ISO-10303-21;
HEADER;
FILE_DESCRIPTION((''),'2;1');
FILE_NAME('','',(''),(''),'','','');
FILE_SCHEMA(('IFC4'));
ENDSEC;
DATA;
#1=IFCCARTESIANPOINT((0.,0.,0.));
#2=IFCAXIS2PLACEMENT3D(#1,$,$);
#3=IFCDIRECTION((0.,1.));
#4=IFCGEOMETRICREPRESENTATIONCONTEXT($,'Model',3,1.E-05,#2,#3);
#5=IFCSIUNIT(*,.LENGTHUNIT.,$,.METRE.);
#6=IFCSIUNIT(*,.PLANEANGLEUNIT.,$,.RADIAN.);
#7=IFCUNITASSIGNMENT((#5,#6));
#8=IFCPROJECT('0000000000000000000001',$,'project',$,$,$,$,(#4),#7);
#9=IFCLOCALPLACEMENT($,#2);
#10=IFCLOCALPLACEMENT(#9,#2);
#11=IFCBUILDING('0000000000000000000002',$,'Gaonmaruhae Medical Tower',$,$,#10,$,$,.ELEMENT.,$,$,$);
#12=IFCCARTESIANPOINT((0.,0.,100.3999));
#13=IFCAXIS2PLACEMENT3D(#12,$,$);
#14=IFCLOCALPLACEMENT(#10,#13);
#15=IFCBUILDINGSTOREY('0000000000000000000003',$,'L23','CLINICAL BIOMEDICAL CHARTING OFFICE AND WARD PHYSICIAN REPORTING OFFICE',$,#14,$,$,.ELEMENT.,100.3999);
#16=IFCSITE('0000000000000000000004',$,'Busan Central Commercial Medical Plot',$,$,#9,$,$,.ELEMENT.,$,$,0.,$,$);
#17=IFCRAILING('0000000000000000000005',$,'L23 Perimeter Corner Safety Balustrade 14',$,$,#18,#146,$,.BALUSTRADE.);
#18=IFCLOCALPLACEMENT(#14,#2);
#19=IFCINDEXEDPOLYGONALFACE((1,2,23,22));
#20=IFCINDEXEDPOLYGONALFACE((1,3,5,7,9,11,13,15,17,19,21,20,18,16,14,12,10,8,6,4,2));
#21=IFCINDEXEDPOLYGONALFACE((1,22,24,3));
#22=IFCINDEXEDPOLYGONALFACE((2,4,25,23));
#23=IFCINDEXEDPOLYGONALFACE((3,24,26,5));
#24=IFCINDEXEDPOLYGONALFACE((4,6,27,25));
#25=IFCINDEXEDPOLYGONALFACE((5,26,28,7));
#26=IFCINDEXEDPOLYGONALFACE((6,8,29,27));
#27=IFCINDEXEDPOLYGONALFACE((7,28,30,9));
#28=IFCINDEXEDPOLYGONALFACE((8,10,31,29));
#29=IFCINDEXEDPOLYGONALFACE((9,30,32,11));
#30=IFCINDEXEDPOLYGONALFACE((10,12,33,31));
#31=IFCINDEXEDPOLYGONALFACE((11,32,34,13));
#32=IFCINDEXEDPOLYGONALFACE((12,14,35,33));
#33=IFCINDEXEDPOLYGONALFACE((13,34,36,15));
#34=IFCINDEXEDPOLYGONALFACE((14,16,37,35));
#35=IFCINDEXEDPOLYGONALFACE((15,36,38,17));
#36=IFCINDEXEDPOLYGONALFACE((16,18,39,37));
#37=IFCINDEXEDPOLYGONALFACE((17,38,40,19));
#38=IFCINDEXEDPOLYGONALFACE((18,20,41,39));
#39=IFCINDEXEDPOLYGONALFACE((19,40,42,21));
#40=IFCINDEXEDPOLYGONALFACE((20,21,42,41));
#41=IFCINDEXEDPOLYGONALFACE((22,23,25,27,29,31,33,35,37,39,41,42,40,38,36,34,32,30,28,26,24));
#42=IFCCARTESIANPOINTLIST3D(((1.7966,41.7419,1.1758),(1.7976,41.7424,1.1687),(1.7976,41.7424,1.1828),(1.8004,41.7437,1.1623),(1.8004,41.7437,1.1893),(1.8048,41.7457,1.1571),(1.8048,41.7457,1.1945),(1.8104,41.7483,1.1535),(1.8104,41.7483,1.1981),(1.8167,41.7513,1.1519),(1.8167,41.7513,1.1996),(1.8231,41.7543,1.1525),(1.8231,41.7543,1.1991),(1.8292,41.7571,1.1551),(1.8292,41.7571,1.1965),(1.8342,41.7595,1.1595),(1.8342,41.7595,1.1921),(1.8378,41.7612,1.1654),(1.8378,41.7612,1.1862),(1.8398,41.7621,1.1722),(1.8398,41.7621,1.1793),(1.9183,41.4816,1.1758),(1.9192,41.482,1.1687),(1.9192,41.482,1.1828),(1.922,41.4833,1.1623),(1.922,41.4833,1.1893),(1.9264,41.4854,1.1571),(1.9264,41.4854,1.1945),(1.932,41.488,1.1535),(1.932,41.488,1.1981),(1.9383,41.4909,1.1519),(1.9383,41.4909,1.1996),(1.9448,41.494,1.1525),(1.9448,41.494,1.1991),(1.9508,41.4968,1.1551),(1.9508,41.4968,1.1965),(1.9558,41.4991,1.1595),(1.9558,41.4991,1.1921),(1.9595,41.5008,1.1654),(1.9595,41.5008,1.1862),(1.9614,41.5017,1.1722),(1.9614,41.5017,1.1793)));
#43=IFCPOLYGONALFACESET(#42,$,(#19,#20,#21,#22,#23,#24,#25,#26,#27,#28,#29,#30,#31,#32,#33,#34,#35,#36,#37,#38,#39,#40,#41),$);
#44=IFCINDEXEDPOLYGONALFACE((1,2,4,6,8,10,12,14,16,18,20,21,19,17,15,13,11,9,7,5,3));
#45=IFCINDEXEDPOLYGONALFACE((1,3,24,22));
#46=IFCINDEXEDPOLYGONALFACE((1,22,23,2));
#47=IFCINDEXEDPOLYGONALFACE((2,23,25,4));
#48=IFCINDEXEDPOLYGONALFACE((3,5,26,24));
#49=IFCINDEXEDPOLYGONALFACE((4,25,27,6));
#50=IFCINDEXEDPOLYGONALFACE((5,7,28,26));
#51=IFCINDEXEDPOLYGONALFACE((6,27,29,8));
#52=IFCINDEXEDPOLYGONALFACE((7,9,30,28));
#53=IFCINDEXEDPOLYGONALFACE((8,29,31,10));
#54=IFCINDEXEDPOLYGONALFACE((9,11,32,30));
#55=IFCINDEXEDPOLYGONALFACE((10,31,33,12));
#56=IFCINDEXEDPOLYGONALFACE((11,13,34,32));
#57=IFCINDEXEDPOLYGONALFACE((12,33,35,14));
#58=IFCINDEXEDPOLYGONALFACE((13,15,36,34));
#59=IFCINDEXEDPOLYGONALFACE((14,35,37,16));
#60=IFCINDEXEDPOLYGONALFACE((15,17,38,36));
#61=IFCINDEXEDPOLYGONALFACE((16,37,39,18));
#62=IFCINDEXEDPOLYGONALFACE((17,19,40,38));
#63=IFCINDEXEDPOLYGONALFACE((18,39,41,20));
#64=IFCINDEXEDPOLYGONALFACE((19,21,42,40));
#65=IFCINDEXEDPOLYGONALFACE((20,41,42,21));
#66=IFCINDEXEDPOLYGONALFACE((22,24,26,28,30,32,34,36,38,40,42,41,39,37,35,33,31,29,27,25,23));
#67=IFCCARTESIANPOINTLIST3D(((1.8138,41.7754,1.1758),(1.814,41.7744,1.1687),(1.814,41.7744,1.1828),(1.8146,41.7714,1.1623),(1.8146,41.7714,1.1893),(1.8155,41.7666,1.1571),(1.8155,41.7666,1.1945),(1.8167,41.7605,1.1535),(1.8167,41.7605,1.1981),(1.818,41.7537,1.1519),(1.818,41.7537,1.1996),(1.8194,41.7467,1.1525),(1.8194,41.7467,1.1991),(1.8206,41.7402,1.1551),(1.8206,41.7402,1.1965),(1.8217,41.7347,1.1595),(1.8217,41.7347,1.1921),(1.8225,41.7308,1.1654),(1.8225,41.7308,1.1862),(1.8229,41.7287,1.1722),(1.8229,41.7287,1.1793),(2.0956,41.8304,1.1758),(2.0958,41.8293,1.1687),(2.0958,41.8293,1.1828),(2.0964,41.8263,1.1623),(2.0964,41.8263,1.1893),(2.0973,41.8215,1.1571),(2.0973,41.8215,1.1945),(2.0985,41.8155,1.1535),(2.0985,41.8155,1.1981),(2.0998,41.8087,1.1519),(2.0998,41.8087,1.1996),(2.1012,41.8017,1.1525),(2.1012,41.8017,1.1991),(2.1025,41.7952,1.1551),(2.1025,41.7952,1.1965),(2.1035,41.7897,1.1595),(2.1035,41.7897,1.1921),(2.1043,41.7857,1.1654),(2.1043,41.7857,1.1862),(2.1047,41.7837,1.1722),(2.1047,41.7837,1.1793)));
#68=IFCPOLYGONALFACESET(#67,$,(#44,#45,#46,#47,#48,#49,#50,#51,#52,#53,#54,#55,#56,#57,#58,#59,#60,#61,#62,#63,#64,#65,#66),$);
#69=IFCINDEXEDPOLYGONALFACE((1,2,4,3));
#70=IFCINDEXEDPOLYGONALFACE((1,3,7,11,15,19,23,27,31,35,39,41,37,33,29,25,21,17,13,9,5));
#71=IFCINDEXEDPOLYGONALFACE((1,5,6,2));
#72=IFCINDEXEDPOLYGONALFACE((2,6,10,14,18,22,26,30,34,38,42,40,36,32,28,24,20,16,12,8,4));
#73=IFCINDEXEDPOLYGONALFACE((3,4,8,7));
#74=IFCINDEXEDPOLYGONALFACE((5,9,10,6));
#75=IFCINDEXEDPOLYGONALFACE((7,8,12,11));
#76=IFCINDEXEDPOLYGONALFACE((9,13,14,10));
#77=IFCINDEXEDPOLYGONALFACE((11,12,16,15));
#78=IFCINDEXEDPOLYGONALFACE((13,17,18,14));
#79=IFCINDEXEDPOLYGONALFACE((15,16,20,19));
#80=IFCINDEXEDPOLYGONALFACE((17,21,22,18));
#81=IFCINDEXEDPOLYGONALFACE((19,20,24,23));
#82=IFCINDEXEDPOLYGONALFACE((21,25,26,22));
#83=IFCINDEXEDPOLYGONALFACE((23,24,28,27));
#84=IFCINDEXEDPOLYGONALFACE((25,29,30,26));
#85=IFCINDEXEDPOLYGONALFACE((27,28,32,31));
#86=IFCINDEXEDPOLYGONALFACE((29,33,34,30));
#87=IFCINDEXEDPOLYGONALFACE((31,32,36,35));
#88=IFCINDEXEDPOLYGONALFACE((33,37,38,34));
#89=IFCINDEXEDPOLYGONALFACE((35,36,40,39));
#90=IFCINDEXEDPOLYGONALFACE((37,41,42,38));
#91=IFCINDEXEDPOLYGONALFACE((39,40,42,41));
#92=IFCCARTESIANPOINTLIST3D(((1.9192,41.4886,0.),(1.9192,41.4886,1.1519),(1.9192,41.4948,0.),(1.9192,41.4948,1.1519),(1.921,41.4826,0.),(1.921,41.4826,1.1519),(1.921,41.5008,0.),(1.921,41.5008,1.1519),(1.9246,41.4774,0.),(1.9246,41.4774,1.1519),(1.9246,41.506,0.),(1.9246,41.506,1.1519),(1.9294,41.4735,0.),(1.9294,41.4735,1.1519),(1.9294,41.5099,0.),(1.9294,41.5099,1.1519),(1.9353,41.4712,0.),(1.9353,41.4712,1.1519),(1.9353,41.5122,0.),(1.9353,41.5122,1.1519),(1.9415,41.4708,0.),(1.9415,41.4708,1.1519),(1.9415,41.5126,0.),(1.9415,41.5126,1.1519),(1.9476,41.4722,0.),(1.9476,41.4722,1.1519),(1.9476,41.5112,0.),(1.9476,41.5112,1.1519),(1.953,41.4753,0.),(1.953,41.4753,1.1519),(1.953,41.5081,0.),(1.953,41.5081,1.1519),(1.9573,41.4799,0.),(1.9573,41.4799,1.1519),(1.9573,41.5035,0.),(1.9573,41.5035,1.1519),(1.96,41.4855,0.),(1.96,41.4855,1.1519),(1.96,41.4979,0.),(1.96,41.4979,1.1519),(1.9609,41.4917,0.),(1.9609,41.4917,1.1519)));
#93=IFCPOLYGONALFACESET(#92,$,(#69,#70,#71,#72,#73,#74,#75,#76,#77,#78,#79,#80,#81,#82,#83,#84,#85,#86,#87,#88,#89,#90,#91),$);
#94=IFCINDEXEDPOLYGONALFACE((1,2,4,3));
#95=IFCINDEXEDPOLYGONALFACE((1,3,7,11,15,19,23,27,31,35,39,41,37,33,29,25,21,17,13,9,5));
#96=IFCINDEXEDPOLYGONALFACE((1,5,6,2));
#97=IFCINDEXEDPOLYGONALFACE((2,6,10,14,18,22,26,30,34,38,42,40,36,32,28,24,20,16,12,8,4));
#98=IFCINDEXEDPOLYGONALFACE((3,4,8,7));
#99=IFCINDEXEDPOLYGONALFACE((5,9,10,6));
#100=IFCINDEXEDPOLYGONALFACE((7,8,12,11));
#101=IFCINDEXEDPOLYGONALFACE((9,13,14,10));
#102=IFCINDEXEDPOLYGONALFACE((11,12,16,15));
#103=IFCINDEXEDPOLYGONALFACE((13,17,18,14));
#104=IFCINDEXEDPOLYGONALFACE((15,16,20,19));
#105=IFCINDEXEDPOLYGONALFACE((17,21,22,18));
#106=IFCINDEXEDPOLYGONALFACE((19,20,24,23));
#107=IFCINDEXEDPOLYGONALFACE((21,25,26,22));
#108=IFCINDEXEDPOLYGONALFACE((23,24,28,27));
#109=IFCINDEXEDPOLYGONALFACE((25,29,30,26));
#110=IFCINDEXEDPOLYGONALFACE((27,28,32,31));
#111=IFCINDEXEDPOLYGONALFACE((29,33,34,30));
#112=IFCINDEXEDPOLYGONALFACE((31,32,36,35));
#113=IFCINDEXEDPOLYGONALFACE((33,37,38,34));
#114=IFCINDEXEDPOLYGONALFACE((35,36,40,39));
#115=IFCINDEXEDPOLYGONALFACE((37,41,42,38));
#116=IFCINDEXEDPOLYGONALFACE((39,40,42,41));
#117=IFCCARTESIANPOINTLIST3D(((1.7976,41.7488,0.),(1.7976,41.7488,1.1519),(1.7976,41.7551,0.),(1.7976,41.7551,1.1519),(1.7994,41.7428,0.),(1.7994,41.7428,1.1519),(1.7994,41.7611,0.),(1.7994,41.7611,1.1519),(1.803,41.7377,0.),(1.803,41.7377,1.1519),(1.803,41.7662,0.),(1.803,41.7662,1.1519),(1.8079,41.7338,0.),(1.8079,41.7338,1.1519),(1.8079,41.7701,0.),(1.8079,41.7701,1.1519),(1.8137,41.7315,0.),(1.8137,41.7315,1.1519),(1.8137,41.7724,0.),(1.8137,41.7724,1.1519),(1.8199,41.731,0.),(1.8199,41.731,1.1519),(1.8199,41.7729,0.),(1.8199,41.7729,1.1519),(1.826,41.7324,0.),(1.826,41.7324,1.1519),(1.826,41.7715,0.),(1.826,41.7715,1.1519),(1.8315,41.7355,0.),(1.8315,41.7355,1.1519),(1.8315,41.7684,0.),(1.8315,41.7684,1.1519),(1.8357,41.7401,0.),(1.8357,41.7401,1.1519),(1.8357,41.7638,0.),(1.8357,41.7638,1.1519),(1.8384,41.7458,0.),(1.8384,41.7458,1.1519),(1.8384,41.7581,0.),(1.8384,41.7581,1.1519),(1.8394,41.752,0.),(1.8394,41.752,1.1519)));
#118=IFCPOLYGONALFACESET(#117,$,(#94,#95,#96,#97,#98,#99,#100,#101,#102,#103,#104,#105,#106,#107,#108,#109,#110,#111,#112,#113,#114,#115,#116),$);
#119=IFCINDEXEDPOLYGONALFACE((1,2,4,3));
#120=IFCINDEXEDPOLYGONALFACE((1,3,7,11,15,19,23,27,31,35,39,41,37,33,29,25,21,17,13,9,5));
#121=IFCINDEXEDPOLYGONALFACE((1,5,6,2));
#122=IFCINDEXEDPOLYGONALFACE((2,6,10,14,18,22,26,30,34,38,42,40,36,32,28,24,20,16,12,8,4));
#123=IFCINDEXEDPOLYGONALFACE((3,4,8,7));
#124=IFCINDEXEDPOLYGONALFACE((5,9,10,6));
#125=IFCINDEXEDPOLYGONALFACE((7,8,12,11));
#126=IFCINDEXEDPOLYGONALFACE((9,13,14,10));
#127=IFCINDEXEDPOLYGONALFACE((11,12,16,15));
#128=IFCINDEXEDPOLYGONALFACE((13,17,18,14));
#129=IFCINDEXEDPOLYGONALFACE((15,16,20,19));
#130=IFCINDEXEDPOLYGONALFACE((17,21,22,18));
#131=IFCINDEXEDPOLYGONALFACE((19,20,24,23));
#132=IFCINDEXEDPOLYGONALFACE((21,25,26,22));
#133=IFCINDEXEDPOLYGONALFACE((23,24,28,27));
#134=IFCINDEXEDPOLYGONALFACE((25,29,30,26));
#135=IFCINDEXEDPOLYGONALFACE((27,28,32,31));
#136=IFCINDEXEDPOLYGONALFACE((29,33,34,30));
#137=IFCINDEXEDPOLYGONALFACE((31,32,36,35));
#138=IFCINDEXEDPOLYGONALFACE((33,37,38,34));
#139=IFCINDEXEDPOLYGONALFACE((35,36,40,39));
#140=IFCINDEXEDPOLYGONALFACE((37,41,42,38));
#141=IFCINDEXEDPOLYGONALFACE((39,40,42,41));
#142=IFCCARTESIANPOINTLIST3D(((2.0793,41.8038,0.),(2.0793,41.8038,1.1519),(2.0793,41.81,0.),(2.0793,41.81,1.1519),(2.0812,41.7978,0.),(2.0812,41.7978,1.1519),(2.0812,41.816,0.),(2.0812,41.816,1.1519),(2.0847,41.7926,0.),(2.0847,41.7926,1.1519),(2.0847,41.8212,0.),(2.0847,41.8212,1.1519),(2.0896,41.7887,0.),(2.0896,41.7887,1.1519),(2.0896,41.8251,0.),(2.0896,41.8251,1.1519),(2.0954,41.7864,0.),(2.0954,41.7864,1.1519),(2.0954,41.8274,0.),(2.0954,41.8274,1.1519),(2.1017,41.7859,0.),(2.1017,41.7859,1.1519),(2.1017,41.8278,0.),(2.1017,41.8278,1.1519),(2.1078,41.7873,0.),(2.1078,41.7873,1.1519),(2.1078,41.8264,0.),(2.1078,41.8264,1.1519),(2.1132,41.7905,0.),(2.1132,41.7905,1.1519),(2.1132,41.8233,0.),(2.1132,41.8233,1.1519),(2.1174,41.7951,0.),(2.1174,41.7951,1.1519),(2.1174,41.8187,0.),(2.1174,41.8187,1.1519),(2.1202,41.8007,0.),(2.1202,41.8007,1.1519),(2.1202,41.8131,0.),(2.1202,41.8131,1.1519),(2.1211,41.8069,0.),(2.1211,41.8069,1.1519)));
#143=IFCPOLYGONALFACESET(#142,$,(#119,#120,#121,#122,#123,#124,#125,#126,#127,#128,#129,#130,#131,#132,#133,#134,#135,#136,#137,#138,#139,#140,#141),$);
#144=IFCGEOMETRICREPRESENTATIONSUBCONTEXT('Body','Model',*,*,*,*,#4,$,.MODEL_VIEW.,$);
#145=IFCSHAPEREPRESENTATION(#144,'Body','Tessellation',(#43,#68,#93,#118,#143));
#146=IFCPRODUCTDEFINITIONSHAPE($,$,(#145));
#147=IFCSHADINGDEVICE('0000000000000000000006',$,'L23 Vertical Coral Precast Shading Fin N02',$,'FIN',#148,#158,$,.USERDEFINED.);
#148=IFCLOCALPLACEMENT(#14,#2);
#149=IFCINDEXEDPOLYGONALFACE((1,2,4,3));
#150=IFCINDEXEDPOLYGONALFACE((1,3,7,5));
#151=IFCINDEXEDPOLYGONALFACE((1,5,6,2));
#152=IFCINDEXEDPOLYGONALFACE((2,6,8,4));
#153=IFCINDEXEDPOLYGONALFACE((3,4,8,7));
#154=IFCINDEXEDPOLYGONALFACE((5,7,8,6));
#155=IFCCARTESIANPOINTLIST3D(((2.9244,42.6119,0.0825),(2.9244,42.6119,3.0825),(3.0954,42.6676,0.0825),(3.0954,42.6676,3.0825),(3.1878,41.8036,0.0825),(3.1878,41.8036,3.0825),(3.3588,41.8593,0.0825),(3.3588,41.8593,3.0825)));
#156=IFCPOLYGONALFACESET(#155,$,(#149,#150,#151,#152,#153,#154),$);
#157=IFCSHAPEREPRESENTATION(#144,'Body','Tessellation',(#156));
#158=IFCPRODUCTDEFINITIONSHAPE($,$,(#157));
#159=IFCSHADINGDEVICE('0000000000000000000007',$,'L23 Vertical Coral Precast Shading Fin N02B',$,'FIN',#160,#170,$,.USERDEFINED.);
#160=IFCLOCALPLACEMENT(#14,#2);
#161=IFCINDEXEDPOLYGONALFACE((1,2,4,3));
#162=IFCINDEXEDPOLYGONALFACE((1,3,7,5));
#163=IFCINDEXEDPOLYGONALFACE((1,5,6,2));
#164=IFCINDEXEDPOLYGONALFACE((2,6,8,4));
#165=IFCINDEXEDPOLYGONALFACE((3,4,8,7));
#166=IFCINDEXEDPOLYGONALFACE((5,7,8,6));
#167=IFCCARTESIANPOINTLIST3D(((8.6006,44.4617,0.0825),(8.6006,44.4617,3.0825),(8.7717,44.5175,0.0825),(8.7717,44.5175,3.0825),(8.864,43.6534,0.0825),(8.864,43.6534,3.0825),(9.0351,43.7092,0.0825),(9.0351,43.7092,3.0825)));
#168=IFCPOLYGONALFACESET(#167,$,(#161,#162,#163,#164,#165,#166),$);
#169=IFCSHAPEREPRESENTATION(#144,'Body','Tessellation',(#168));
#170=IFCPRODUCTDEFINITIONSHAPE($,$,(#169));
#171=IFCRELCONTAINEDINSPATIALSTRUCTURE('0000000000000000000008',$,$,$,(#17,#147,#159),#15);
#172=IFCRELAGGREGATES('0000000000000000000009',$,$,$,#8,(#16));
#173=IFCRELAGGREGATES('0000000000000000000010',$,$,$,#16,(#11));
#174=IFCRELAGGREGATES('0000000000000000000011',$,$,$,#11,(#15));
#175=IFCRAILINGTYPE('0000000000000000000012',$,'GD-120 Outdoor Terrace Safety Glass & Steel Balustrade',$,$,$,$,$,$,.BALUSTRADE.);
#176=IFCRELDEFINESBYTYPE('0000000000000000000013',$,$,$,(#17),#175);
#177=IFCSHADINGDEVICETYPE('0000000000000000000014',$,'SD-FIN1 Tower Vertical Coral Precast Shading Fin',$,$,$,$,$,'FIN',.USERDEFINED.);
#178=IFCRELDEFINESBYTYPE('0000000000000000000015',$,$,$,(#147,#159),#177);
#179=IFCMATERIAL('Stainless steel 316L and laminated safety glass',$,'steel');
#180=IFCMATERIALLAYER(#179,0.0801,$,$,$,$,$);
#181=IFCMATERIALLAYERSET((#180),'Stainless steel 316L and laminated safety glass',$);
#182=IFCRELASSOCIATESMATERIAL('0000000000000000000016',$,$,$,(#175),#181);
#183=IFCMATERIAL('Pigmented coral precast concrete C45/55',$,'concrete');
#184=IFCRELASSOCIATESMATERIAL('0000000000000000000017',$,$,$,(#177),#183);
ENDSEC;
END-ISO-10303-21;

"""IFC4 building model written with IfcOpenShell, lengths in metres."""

from ifc_helpers import new_model, si_unit, direction, frame, origin, origin_2d, place, context, subcontext, project, spatial, rectangle, circle, extrude, material, layer, layer_set, type_object, element, save


model = new_model("IFC4")

# Units and contexts
model_context = context("Model", 3, precision=1e-05, world=origin(), true_north=direction((0.0, 1.0)))
body_context = subcontext(model_context, "Body", "Model", "MODEL_VIEW")
ifc_project = project(units=[si_unit("LENGTHUNIT", "METRE"), si_unit("PLANEANGLEUNIT", "RADIAN")], contexts=[model_context])

# Site, building, storey
site_placement = place(None, origin())
site = spatial("IfcSite", under=ifc_project, at=site_placement, Name="Busan Central Commercial Medical Plot", CompositionType="ELEMENT", RefElevation=0.0)
building_placement = place(site_placement, origin())
building = spatial("IfcBuilding", under=site, at=building_placement, Name="Gaonmaruhae Medical Tower", CompositionType="ELEMENT")
storey_placement = place(building_placement, frame((0.0, 0.0, 100.3999)))
storey = spatial("IfcBuildingStorey", under=building, at=storey_placement, Name="L23", Description="CLINICAL BIOMEDICAL CHARTING OFFICE AND WARD PHYSICIAN REPORTING OFFICE", CompositionType="ELEMENT", Elevation=100.3999)

# Railing
ifc_material_1 = material(Name="Stainless steel 316L and laminated safety glass", Category="steel")
ifc_layer_1 = layer(ifc_material_1, 0.0801)
ifc_layer_set_1 = layer_set([ifc_layer_1], Name="Stainless steel 316L and laminated safety glass")
railing_type = type_object("IfcRailingType", Name="GD-120 Outdoor Terrace Safety Glass & Steel Balustrade", PredefinedType="BALUSTRADE", material=ifc_layer_set_1)
railing_placement = place(storey_placement, frame((1.9399, 41.4917, 0.0)))
element("IfcRailing", 1, at=railing_placement, inside=storey, type_object=railing_type, Name="L23 Perimeter Corner Safety Balustrade 14", PredefinedType="BALUSTRADE", context=body_context, shape_type="SweptSolid", body=[
    extrude(circle(Radius=0.0239, at=origin_2d()), frame((0.0, 0.0, 1.1758), z_axis=(-0.423258, 0.906009, 0.0), x_axis=(-0.906009, -0.423258, 0.0)), (0.0, 0.0, 1.0), 0.2874),
    extrude(circle(Radius=0.0239, at=origin_2d()), frame((-0.1216, 0.2603, 1.1758), z_axis=(0.981518, 0.19137, 0.0), x_axis=(-0.19137, 0.981518, 0.0)), (0.0, 0.0, 1.0), 0.2871),
    extrude(circle(Radius=0.021, at=origin_2d()), origin(), (0.0, 0.0, 1.0), 1.1519),
    extrude(circle(Radius=0.021, at=origin_2d()), frame((-0.1216, 0.2603, 0.0)), (0.0, 0.0, 1.0), 1.1519),
    extrude(circle(Radius=0.021, at=origin_2d()), frame((0.1602, 0.3152, 0.0)), (0.0, 0.0, 1.0), 1.1519),
])

# Shading devices
ifc_material_2 = material(Name="Pigmented coral precast concrete C45/55", Category="concrete")
shading_device_type = type_object("IfcShadingDeviceType", Name="SD-FIN1 Tower Vertical Coral Precast Shading Fin", ElementType="FIN", PredefinedType="USERDEFINED", material=ifc_material_2)
for number, where, z_axis, x_axis, name in (
    (2, (3.1416, 42.2356, 0.0825), (0.0, 0.0, 1.0), (0.950786, 0.309847, 0.0), "L23 Vertical Coral Precast Shading Fin N02"),
    (3, (8.8179, 44.0854, 0.0825), (0.0, 0.0, 1.0), (0.950786, 0.309847, 0.0), "L23 Vertical Coral Precast Shading Fin N02B"),
):
    element("IfcShadingDevice", number, at=place(storey_placement, frame(where, z_axis=z_axis, x_axis=x_axis)), inside=storey, type_object=shading_device_type, Name=name, ObjectType="FIN", PredefinedType="USERDEFINED", context=body_context, shape_type="SweptSolid", body=[
        extrude(rectangle(XDim=0.1799, YDim=0.8501, at=origin_2d()), origin(), (0.0, 0.0, 1.0), 3.0),
    ])

save(model, "model.ifc")
